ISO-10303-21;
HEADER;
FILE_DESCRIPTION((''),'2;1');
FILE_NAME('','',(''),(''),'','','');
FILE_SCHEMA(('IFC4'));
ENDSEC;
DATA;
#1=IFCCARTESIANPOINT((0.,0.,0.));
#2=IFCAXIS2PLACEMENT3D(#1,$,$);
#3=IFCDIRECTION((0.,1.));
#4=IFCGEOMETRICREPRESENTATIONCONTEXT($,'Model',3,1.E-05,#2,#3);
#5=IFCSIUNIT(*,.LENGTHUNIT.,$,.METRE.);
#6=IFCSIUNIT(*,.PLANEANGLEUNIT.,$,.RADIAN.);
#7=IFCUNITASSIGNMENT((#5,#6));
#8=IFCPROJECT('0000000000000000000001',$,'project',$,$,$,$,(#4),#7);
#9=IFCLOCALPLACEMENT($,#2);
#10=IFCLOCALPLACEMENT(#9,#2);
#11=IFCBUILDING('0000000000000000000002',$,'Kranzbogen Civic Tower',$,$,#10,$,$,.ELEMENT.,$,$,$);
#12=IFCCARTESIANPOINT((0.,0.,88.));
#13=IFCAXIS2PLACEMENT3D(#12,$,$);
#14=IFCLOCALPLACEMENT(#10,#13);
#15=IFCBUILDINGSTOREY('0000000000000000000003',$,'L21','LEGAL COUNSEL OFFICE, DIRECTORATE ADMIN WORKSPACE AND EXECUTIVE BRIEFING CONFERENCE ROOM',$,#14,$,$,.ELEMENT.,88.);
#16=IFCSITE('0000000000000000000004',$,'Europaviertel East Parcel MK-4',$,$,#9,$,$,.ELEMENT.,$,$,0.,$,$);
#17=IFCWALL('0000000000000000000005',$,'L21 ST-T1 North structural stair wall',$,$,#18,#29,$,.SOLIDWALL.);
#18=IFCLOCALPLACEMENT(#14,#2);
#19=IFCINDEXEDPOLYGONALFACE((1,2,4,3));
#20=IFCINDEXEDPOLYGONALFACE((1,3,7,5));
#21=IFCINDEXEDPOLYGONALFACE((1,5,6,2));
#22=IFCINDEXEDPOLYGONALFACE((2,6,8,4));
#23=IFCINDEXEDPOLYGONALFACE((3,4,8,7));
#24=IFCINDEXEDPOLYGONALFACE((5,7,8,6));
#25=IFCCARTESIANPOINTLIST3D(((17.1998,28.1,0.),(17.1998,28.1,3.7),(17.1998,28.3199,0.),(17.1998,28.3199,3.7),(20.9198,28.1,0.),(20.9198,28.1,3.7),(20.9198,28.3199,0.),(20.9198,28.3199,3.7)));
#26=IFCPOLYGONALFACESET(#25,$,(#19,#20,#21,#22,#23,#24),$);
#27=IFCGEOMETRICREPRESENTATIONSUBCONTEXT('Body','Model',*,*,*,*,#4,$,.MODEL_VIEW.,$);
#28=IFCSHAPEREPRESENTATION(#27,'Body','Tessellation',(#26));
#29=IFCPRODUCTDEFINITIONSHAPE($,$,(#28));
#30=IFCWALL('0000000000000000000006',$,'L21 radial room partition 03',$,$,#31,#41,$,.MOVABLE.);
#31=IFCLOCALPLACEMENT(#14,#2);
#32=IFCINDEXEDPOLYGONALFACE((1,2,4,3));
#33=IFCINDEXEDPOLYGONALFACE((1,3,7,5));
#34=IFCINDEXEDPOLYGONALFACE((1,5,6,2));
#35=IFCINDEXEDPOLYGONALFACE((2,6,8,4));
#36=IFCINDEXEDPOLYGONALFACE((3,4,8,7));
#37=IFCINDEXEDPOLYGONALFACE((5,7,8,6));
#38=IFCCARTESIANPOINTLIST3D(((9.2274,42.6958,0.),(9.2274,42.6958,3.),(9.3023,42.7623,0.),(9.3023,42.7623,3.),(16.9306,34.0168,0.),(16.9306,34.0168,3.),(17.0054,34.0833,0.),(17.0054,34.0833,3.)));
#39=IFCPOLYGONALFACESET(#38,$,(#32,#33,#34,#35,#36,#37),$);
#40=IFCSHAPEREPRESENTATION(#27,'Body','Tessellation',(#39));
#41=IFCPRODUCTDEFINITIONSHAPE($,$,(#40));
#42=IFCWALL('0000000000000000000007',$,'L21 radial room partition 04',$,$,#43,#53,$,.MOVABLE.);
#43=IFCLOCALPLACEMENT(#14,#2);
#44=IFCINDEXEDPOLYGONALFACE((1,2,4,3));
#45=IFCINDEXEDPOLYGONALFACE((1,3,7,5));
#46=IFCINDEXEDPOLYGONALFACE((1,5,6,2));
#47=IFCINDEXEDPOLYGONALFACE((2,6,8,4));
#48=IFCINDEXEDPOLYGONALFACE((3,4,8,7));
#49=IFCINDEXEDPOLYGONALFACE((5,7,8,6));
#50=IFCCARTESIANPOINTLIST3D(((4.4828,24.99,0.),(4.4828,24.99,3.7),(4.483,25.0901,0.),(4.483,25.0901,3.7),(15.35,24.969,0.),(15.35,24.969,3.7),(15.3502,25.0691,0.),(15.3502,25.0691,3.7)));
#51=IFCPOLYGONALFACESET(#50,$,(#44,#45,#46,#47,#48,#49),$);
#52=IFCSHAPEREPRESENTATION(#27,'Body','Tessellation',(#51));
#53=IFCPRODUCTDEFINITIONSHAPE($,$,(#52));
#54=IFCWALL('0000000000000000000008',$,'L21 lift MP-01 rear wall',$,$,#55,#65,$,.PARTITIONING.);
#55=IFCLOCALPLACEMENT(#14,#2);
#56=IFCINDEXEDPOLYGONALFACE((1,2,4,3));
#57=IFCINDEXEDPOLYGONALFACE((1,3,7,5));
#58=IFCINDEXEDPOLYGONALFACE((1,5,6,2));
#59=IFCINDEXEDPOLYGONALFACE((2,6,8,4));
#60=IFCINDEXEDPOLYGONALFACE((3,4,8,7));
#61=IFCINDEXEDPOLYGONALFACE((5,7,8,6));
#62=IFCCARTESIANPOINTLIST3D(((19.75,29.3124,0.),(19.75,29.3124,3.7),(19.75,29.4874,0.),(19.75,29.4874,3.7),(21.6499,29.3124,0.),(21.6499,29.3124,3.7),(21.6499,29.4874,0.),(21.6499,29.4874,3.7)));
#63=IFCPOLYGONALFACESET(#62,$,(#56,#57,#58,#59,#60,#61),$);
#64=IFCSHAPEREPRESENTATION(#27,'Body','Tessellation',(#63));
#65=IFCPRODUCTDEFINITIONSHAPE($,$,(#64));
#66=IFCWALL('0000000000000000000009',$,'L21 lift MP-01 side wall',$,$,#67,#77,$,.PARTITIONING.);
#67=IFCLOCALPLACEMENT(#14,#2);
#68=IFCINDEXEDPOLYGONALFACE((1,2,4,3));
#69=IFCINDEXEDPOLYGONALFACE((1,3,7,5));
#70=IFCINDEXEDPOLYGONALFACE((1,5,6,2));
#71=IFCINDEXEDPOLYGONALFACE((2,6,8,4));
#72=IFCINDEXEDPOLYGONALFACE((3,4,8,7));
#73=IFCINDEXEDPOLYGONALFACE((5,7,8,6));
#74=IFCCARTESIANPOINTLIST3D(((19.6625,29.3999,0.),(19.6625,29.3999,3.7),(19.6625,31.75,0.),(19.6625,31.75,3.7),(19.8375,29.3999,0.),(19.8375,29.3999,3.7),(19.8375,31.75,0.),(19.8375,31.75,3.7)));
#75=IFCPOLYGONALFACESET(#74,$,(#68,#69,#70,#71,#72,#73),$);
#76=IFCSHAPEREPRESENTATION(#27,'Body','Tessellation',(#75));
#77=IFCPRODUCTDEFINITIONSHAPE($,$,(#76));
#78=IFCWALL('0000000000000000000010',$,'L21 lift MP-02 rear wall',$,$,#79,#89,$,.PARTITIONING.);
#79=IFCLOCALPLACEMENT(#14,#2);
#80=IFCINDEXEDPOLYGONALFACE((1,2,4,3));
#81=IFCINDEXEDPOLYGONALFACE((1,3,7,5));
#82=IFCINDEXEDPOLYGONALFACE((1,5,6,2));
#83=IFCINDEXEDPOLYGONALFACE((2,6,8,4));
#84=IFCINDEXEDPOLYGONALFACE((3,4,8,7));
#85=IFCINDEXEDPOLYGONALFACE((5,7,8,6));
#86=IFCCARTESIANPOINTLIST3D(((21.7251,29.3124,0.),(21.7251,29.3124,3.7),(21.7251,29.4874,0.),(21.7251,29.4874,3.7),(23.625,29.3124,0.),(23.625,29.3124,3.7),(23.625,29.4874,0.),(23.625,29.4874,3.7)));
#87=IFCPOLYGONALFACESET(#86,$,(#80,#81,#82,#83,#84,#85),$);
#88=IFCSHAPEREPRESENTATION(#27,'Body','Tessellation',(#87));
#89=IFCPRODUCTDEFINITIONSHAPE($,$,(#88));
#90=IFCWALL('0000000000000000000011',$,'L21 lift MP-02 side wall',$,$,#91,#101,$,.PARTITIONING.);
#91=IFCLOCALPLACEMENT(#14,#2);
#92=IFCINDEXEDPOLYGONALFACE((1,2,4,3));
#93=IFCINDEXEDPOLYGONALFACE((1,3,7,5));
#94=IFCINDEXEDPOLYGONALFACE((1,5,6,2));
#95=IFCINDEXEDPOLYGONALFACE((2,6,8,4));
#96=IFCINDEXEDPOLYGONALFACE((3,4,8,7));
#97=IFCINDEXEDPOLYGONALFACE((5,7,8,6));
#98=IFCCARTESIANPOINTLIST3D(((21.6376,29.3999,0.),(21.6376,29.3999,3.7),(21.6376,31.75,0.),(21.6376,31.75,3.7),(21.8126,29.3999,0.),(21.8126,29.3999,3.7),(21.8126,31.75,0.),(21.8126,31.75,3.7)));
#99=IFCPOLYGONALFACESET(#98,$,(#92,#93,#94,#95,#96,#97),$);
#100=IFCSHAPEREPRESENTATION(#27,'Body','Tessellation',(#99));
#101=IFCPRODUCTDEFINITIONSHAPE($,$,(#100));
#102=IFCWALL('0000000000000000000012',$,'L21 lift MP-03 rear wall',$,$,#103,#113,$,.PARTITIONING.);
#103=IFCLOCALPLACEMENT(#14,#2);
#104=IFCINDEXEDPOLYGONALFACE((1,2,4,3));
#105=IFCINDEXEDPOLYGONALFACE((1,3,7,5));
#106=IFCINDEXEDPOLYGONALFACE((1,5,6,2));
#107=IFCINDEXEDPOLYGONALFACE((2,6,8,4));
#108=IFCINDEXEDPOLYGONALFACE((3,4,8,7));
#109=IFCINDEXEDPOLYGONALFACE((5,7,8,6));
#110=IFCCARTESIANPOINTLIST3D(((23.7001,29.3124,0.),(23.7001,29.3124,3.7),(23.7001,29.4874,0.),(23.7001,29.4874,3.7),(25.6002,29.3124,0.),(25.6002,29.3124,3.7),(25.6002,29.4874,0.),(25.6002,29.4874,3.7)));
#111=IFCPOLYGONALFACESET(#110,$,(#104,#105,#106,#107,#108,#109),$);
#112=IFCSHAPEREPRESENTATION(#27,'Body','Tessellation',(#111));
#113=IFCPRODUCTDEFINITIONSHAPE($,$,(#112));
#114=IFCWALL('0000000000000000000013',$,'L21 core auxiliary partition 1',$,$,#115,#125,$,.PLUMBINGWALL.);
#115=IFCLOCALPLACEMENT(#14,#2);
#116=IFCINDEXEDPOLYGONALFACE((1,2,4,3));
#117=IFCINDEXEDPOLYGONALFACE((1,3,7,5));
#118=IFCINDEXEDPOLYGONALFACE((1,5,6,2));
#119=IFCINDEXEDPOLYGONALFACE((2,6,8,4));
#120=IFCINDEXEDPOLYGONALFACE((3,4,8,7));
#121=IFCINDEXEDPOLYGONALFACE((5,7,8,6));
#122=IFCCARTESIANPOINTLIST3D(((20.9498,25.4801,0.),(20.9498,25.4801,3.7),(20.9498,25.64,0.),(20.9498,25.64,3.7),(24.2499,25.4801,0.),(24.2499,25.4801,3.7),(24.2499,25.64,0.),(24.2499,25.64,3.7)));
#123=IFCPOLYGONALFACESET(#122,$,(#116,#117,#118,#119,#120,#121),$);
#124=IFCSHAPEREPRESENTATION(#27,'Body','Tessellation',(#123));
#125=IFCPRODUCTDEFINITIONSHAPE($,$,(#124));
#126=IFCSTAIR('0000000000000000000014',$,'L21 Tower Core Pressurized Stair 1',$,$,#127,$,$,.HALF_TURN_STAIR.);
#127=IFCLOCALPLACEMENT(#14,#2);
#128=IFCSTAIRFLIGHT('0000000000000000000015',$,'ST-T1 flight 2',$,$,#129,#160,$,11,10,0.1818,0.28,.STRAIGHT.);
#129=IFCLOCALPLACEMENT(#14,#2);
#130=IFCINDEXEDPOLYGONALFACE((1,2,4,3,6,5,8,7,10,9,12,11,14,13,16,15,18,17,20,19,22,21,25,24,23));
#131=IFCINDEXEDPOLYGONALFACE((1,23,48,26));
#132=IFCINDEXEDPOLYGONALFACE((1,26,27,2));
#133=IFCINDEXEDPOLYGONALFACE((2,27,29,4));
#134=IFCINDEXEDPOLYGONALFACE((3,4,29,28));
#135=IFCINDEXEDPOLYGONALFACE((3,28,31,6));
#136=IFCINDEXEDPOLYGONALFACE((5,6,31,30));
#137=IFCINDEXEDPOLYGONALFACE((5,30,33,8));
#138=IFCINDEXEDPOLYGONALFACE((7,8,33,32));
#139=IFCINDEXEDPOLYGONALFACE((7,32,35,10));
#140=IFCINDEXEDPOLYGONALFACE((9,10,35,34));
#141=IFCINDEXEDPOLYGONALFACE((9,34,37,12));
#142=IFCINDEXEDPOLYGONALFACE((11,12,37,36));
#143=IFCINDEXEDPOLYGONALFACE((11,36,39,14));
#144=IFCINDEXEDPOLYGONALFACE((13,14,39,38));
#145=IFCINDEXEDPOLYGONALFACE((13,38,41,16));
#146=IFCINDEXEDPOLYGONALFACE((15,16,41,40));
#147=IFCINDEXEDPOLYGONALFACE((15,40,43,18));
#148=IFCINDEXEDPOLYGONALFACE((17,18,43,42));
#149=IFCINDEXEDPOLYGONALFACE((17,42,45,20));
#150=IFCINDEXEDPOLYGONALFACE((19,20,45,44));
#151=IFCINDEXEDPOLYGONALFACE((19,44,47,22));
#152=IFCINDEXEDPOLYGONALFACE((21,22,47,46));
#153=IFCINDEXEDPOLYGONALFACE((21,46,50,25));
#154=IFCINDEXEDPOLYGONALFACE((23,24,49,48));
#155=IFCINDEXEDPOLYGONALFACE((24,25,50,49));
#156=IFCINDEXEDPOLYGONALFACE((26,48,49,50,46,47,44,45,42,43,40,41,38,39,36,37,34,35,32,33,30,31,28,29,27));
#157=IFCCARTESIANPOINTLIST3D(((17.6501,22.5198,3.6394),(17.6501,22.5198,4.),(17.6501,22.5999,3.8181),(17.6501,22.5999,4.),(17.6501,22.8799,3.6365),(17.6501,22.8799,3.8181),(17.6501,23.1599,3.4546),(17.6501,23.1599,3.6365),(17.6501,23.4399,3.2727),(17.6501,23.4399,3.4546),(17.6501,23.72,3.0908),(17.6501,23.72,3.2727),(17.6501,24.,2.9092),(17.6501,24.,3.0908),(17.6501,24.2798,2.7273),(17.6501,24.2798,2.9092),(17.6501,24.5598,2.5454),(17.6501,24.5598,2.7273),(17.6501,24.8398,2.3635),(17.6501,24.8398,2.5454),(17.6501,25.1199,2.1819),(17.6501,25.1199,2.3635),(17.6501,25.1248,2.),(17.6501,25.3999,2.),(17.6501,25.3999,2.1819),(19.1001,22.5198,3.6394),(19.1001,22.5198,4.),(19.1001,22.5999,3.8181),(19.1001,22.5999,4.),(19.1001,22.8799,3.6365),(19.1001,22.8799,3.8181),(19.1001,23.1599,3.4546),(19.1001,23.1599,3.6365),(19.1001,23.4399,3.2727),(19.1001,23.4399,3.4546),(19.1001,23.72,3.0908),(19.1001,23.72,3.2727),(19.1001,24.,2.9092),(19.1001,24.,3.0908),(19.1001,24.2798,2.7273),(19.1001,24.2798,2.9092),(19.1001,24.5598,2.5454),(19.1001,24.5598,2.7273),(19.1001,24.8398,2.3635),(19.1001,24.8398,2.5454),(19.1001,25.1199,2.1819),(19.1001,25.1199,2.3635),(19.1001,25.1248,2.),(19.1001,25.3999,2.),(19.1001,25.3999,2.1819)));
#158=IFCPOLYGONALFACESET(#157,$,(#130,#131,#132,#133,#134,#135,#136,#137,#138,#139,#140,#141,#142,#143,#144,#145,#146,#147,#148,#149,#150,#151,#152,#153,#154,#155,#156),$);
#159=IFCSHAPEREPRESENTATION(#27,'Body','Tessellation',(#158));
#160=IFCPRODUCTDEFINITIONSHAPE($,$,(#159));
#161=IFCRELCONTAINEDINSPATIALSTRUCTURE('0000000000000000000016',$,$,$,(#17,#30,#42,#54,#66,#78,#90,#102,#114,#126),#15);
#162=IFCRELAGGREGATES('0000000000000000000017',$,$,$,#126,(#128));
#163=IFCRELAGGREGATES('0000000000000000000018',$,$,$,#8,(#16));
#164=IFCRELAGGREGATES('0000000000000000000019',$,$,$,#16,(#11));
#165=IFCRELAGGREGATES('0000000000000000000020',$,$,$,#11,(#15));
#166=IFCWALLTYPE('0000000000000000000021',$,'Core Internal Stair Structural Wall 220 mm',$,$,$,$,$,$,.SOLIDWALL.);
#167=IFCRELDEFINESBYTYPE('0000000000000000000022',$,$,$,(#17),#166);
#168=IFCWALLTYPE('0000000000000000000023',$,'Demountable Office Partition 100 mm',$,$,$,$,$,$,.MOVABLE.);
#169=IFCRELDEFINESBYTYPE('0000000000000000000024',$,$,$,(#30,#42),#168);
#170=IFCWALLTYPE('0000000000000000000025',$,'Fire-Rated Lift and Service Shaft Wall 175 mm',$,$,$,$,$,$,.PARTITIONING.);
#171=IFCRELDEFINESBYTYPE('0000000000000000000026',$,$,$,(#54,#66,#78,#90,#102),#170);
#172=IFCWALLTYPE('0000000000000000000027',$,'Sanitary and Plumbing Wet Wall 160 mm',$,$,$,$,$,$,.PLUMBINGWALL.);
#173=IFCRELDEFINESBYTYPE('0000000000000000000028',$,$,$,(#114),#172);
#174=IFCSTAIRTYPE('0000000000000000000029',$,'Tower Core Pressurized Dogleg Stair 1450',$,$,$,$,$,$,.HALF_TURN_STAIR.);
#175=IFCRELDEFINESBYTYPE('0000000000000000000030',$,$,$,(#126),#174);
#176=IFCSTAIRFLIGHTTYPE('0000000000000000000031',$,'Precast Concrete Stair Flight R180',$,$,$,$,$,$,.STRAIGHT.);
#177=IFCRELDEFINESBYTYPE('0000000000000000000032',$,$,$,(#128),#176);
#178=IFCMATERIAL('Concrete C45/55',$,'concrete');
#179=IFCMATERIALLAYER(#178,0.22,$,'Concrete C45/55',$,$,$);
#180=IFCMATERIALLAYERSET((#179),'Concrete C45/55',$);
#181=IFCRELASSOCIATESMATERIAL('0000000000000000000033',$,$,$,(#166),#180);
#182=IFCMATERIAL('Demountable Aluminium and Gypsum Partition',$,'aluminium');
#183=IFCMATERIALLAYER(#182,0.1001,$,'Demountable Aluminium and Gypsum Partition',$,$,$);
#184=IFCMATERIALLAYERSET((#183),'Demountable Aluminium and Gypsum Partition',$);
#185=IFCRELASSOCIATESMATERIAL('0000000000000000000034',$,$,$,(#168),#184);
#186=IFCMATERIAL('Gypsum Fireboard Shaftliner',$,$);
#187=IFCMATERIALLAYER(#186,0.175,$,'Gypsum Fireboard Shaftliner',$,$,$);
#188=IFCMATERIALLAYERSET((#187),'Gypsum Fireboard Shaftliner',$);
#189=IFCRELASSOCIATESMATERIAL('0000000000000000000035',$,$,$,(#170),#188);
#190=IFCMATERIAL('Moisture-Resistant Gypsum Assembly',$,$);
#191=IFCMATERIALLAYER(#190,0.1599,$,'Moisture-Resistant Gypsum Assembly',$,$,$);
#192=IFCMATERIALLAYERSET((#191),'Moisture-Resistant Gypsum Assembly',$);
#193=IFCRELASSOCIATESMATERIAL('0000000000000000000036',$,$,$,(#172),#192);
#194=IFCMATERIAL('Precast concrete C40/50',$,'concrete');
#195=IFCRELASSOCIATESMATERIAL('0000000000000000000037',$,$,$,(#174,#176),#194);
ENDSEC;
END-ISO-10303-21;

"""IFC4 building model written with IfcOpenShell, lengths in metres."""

from ifc_helpers import new_model, si_unit, direction, frame, frame_2d, origin, place, context, subcontext, project, spatial, polyline, rectangle, outline, extrude, material, layer, layer_set, type_object, element, aggregate, save


model = new_model("IFC4")

# Units and contexts
model_context = context("Model", 3, precision=1e-05, world=origin(), true_north=direction((0.0, 1.0)))
body_context = subcontext(model_context, "Body", "Model", "MODEL_VIEW")
ifc_project = project(units=[si_unit("LENGTHUNIT", "METRE"), si_unit("PLANEANGLEUNIT", "RADIAN")], contexts=[model_context])

# Site, building, storey
site_placement = place(None, origin())
site = spatial("IfcSite", under=ifc_project, at=site_placement, Name="Europaviertel East Parcel MK-4", CompositionType="ELEMENT", RefElevation=0.0)
building_placement = place(site_placement, origin())
building = spatial("IfcBuilding", under=site, at=building_placement, Name="Kranzbogen Civic Tower", CompositionType="ELEMENT")
storey_placement = place(building_placement, frame((0.0, 0.0, 88.0)))
storey = spatial("IfcBuildingStorey", under=building, at=storey_placement, Name="L21", Description="LEGAL COUNSEL OFFICE, DIRECTORATE ADMIN WORKSPACE AND EXECUTIVE BRIEFING CONFERENCE ROOM", CompositionType="ELEMENT", Elevation=88.0)

# Walls
ifc_material_1 = material(Name="Concrete C45/55", Category="concrete")
ifc_layer_1 = layer(ifc_material_1, 0.22, Name="Concrete C45/55")
ifc_layer_set_1 = layer_set([ifc_layer_1], Name="Concrete C45/55")
wall_type_1 = type_object("IfcWallType", Name="Core Internal Stair Structural Wall 220 mm", PredefinedType="SOLIDWALL", material=ifc_layer_set_1)
wall_1_placement = place(storey_placement, frame((17.2, 28.21, 0.0), z_axis=(0.0, 0.0, 1.0), x_axis=(1.0, 0.0, 0.0)))
element("IfcWall", 1, at=wall_1_placement, inside=storey, type_object=wall_type_1, Name="L21 ST-T1 North structural stair wall", PredefinedType="SOLIDWALL", context=body_context, shape_type="SweptSolid", body=[
    extrude(rectangle(XDim=3.72, YDim=0.22, at=frame_2d((1.8599, 0.0))), origin(), (0.0, 0.0, 1.0), 3.7),
])
ifc_material_2 = material(Name="Demountable Aluminium and Gypsum Partition", Category="aluminium")
ifc_layer_2 = layer(ifc_material_2, 0.1001, Name="Demountable Aluminium and Gypsum Partition")
ifc_layer_set_2 = layer_set([ifc_layer_2], Name="Demountable Aluminium and Gypsum Partition")
wall_type_2 = type_object("IfcWallType", Name="Demountable Office Partition 100 mm", PredefinedType="MOVABLE", material=ifc_layer_set_2)
wall_2_placement = place(storey_placement, frame((16.968, 34.05, 0.0), z_axis=(0.0, 0.0, 1.0), x_axis=(-0.66381, 0.747901, 0.0)))
element("IfcWall", 2, at=wall_2_placement, inside=storey, type_object=wall_type_2, Name="L21 radial room partition 03", PredefinedType="MOVABLE", context=body_context, shape_type="SweptSolid", body=[
    extrude(rectangle(XDim=11.6045, YDim=0.1001, at=frame_2d((5.8022, 0.0))), origin(), (0.0, 0.0, 1.0), 3.0),
])
wall_3_placement = place(storey_placement, frame((15.3501, 25.019, 0.0), z_axis=(0.0, 0.0, 1.0), x_axis=(-0.999998, 0.001932, 0.0)))
element("IfcWall", 3, at=wall_3_placement, inside=storey, type_object=wall_type_2, Name="L21 radial room partition 04", PredefinedType="MOVABLE", context=body_context, shape_type="SweptSolid", body=[
    extrude(rectangle(XDim=10.8672, YDim=0.1001, at=frame_2d((5.4336, 0.0))), origin(), (0.0, 0.0, 1.0), 3.7),
])
ifc_material_3 = material(Name="Gypsum Fireboard Shaftliner")
ifc_layer_3 = layer(ifc_material_3, 0.175, Name="Gypsum Fireboard Shaftliner")
ifc_layer_set_3 = layer_set([ifc_layer_3], Name="Gypsum Fireboard Shaftliner")
wall_type_3 = type_object("IfcWallType", Name="Fire-Rated Lift and Service Shaft Wall 175 mm", PredefinedType="PARTITIONING", material=ifc_layer_set_3)
wall_4_placement = place(storey_placement, frame((19.75, 29.3999, 0.0), z_axis=(0.0, 0.0, 1.0), x_axis=(1.0, 0.0, 0.0)))
element("IfcWall", 4, at=wall_4_placement, inside=storey, type_object=wall_type_3, Name="L21 lift MP-01 rear wall", PredefinedType="PARTITIONING", context=body_context, shape_type="SweptSolid", body=[
    extrude(rectangle(XDim=1.8999, YDim=0.175, at=frame_2d((0.95, 0.0))), origin(), (0.0, 0.0, 1.0), 3.7),
])
wall_5_placement = place(storey_placement, frame((19.75, 29.3999, 0.0), z_axis=(0.0, 0.0, 1.0), x_axis=(0.0, 1.0, 0.0)))
element("IfcWall", 5, at=wall_5_placement, inside=storey, type_object=wall_type_3, Name="L21 lift MP-01 side wall", PredefinedType="PARTITIONING", context=body_context, shape_type="SweptSolid", body=[
    extrude(rectangle(XDim=2.3501, YDim=0.175, at=frame_2d((1.175, 0.0))), origin(), (0.0, 0.0, 1.0), 3.7),
])
wall_6_placement = place(storey_placement, frame((21.7251, 29.3999, 0.0), z_axis=(0.0, 0.0, 1.0), x_axis=(1.0, 0.0, 0.0)))
element("IfcWall", 6, at=wall_6_placement, inside=storey, type_object=wall_type_3, Name="L21 lift MP-02 rear wall", PredefinedType="PARTITIONING", context=body_context, shape_type="SweptSolid", body=[
    extrude(rectangle(XDim=1.8999, YDim=0.175, at=frame_2d((0.95, 0.0))), origin(), (0.0, 0.0, 1.0), 3.7),
])
wall_7_placement = place(storey_placement, frame((21.7251, 29.3999, 0.0), z_axis=(0.0, 0.0, 1.0), x_axis=(0.0, 1.0, 0.0)))
element("IfcWall", 7, at=wall_7_placement, inside=storey, type_object=wall_type_3, Name="L21 lift MP-02 side wall", PredefinedType="PARTITIONING", context=body_context, shape_type="SweptSolid", body=[
    extrude(rectangle(XDim=2.3501, YDim=0.175, at=frame_2d((1.175, 0.0))), origin(), (0.0, 0.0, 1.0), 3.7),
])
wall_8_placement = place(storey_placement, frame((23.7, 29.3999, 0.0), z_axis=(0.0, 0.0, 1.0), x_axis=(1.0, 0.0, 0.0)))
element("IfcWall", 8, at=wall_8_placement, inside=storey, type_object=wall_type_3, Name="L21 lift MP-03 rear wall", PredefinedType="PARTITIONING", context=body_context, shape_type="SweptSolid", body=[
    extrude(rectangle(XDim=1.9001, YDim=0.175, at=frame_2d((0.9502, 0.0))), origin(), (0.0, 0.0, 1.0), 3.7),
])
ifc_material_4 = material(Name="Moisture-Resistant Gypsum Assembly")
ifc_layer_4 = layer(ifc_material_4, 0.1599, Name="Moisture-Resistant Gypsum Assembly")
ifc_layer_set_4 = layer_set([ifc_layer_4], Name="Moisture-Resistant Gypsum Assembly")
wall_type_4 = type_object("IfcWallType", Name="Sanitary and Plumbing Wet Wall 160 mm", PredefinedType="PLUMBINGWALL", material=ifc_layer_set_4)
wall_9_placement = place(storey_placement, frame((20.95, 25.5601, 0.0), z_axis=(0.0, 0.0, 1.0), x_axis=(1.0, 0.0, 0.0)))
element("IfcWall", 9, at=wall_9_placement, inside=storey, type_object=wall_type_4, Name="L21 core auxiliary partition 1", PredefinedType="PLUMBINGWALL", context=body_context, shape_type="SweptSolid", body=[
    extrude(rectangle(XDim=3.3, YDim=0.1599, at=frame_2d((1.6499, 0.0))), origin(), (0.0, 0.0, 1.0), 3.7),
])

# Stair, stair flight
ifc_material_5 = material(Name="Precast concrete C40/50", Category="concrete")
stair_type = type_object("IfcStairType", Name="Tower Core Pressurized Dogleg Stair 1450", PredefinedType="HALF_TURN_STAIR", material=ifc_material_5)
stair_placement = place(storey_placement, origin())
stair = element("IfcStair", 10, at=stair_placement, inside=storey, type_object=stair_type, Name="L21 Tower Core Pressurized Stair 1", PredefinedType="HALF_TURN_STAIR")
stair_flight_type = type_object("IfcStairFlightType", Name="Precast Concrete Stair Flight R180", PredefinedType="STRAIGHT", material=ifc_material_5)
stair_flight_placement = place(storey_placement, frame((18.375, 25.3999, 2.0), z_axis=(0.0, 0.0, 1.0), x_axis=(0.0, -1.0, 0.0)))
stair_flight = element("IfcStairFlight", 11, at=stair_flight_placement, type_object=stair_flight_type, Name="ST-T1 flight 2", NumberOfRisers=11, NumberOfTreads=10, PredefinedType="STRAIGHT", RiserHeight=0.1818, TreadLength=0.28, context=body_context, shape_type="SweptSolid", body=[
    extrude(outline(polyline([(0.0, 0.0), (0.0, 0.1819), (0.28, 0.1819), (0.28, 0.3635), (0.5601, 0.3635), (0.5601, 0.5454), (0.8401, 0.5454), (0.8401, 0.7273), (1.1201, 0.7273), (1.1201, 0.9092), (1.3999, 0.9092), (1.3999, 1.0908), (1.6799, 1.0908), (1.6799, 1.2727), (1.96, 1.2727), (1.96, 1.4546), (2.24, 1.4546), (2.24, 1.6365), (2.52, 1.6365), (2.52, 1.8181), (2.8, 1.8181), (2.8, 2.0), (2.8801, 2.0), (2.8801, 1.6394), (0.2751, 0.0), (0.0, 0.0)])), frame((0.0, 0.7251, 0.0), z_axis=(0.0, -1.0, 0.0), x_axis=(1.0, 0.0, 0.0)), (0.0, 0.0, 1.0), 1.45),
])
aggregate(stair, [stair_flight])

save(model, "model.ifc")
